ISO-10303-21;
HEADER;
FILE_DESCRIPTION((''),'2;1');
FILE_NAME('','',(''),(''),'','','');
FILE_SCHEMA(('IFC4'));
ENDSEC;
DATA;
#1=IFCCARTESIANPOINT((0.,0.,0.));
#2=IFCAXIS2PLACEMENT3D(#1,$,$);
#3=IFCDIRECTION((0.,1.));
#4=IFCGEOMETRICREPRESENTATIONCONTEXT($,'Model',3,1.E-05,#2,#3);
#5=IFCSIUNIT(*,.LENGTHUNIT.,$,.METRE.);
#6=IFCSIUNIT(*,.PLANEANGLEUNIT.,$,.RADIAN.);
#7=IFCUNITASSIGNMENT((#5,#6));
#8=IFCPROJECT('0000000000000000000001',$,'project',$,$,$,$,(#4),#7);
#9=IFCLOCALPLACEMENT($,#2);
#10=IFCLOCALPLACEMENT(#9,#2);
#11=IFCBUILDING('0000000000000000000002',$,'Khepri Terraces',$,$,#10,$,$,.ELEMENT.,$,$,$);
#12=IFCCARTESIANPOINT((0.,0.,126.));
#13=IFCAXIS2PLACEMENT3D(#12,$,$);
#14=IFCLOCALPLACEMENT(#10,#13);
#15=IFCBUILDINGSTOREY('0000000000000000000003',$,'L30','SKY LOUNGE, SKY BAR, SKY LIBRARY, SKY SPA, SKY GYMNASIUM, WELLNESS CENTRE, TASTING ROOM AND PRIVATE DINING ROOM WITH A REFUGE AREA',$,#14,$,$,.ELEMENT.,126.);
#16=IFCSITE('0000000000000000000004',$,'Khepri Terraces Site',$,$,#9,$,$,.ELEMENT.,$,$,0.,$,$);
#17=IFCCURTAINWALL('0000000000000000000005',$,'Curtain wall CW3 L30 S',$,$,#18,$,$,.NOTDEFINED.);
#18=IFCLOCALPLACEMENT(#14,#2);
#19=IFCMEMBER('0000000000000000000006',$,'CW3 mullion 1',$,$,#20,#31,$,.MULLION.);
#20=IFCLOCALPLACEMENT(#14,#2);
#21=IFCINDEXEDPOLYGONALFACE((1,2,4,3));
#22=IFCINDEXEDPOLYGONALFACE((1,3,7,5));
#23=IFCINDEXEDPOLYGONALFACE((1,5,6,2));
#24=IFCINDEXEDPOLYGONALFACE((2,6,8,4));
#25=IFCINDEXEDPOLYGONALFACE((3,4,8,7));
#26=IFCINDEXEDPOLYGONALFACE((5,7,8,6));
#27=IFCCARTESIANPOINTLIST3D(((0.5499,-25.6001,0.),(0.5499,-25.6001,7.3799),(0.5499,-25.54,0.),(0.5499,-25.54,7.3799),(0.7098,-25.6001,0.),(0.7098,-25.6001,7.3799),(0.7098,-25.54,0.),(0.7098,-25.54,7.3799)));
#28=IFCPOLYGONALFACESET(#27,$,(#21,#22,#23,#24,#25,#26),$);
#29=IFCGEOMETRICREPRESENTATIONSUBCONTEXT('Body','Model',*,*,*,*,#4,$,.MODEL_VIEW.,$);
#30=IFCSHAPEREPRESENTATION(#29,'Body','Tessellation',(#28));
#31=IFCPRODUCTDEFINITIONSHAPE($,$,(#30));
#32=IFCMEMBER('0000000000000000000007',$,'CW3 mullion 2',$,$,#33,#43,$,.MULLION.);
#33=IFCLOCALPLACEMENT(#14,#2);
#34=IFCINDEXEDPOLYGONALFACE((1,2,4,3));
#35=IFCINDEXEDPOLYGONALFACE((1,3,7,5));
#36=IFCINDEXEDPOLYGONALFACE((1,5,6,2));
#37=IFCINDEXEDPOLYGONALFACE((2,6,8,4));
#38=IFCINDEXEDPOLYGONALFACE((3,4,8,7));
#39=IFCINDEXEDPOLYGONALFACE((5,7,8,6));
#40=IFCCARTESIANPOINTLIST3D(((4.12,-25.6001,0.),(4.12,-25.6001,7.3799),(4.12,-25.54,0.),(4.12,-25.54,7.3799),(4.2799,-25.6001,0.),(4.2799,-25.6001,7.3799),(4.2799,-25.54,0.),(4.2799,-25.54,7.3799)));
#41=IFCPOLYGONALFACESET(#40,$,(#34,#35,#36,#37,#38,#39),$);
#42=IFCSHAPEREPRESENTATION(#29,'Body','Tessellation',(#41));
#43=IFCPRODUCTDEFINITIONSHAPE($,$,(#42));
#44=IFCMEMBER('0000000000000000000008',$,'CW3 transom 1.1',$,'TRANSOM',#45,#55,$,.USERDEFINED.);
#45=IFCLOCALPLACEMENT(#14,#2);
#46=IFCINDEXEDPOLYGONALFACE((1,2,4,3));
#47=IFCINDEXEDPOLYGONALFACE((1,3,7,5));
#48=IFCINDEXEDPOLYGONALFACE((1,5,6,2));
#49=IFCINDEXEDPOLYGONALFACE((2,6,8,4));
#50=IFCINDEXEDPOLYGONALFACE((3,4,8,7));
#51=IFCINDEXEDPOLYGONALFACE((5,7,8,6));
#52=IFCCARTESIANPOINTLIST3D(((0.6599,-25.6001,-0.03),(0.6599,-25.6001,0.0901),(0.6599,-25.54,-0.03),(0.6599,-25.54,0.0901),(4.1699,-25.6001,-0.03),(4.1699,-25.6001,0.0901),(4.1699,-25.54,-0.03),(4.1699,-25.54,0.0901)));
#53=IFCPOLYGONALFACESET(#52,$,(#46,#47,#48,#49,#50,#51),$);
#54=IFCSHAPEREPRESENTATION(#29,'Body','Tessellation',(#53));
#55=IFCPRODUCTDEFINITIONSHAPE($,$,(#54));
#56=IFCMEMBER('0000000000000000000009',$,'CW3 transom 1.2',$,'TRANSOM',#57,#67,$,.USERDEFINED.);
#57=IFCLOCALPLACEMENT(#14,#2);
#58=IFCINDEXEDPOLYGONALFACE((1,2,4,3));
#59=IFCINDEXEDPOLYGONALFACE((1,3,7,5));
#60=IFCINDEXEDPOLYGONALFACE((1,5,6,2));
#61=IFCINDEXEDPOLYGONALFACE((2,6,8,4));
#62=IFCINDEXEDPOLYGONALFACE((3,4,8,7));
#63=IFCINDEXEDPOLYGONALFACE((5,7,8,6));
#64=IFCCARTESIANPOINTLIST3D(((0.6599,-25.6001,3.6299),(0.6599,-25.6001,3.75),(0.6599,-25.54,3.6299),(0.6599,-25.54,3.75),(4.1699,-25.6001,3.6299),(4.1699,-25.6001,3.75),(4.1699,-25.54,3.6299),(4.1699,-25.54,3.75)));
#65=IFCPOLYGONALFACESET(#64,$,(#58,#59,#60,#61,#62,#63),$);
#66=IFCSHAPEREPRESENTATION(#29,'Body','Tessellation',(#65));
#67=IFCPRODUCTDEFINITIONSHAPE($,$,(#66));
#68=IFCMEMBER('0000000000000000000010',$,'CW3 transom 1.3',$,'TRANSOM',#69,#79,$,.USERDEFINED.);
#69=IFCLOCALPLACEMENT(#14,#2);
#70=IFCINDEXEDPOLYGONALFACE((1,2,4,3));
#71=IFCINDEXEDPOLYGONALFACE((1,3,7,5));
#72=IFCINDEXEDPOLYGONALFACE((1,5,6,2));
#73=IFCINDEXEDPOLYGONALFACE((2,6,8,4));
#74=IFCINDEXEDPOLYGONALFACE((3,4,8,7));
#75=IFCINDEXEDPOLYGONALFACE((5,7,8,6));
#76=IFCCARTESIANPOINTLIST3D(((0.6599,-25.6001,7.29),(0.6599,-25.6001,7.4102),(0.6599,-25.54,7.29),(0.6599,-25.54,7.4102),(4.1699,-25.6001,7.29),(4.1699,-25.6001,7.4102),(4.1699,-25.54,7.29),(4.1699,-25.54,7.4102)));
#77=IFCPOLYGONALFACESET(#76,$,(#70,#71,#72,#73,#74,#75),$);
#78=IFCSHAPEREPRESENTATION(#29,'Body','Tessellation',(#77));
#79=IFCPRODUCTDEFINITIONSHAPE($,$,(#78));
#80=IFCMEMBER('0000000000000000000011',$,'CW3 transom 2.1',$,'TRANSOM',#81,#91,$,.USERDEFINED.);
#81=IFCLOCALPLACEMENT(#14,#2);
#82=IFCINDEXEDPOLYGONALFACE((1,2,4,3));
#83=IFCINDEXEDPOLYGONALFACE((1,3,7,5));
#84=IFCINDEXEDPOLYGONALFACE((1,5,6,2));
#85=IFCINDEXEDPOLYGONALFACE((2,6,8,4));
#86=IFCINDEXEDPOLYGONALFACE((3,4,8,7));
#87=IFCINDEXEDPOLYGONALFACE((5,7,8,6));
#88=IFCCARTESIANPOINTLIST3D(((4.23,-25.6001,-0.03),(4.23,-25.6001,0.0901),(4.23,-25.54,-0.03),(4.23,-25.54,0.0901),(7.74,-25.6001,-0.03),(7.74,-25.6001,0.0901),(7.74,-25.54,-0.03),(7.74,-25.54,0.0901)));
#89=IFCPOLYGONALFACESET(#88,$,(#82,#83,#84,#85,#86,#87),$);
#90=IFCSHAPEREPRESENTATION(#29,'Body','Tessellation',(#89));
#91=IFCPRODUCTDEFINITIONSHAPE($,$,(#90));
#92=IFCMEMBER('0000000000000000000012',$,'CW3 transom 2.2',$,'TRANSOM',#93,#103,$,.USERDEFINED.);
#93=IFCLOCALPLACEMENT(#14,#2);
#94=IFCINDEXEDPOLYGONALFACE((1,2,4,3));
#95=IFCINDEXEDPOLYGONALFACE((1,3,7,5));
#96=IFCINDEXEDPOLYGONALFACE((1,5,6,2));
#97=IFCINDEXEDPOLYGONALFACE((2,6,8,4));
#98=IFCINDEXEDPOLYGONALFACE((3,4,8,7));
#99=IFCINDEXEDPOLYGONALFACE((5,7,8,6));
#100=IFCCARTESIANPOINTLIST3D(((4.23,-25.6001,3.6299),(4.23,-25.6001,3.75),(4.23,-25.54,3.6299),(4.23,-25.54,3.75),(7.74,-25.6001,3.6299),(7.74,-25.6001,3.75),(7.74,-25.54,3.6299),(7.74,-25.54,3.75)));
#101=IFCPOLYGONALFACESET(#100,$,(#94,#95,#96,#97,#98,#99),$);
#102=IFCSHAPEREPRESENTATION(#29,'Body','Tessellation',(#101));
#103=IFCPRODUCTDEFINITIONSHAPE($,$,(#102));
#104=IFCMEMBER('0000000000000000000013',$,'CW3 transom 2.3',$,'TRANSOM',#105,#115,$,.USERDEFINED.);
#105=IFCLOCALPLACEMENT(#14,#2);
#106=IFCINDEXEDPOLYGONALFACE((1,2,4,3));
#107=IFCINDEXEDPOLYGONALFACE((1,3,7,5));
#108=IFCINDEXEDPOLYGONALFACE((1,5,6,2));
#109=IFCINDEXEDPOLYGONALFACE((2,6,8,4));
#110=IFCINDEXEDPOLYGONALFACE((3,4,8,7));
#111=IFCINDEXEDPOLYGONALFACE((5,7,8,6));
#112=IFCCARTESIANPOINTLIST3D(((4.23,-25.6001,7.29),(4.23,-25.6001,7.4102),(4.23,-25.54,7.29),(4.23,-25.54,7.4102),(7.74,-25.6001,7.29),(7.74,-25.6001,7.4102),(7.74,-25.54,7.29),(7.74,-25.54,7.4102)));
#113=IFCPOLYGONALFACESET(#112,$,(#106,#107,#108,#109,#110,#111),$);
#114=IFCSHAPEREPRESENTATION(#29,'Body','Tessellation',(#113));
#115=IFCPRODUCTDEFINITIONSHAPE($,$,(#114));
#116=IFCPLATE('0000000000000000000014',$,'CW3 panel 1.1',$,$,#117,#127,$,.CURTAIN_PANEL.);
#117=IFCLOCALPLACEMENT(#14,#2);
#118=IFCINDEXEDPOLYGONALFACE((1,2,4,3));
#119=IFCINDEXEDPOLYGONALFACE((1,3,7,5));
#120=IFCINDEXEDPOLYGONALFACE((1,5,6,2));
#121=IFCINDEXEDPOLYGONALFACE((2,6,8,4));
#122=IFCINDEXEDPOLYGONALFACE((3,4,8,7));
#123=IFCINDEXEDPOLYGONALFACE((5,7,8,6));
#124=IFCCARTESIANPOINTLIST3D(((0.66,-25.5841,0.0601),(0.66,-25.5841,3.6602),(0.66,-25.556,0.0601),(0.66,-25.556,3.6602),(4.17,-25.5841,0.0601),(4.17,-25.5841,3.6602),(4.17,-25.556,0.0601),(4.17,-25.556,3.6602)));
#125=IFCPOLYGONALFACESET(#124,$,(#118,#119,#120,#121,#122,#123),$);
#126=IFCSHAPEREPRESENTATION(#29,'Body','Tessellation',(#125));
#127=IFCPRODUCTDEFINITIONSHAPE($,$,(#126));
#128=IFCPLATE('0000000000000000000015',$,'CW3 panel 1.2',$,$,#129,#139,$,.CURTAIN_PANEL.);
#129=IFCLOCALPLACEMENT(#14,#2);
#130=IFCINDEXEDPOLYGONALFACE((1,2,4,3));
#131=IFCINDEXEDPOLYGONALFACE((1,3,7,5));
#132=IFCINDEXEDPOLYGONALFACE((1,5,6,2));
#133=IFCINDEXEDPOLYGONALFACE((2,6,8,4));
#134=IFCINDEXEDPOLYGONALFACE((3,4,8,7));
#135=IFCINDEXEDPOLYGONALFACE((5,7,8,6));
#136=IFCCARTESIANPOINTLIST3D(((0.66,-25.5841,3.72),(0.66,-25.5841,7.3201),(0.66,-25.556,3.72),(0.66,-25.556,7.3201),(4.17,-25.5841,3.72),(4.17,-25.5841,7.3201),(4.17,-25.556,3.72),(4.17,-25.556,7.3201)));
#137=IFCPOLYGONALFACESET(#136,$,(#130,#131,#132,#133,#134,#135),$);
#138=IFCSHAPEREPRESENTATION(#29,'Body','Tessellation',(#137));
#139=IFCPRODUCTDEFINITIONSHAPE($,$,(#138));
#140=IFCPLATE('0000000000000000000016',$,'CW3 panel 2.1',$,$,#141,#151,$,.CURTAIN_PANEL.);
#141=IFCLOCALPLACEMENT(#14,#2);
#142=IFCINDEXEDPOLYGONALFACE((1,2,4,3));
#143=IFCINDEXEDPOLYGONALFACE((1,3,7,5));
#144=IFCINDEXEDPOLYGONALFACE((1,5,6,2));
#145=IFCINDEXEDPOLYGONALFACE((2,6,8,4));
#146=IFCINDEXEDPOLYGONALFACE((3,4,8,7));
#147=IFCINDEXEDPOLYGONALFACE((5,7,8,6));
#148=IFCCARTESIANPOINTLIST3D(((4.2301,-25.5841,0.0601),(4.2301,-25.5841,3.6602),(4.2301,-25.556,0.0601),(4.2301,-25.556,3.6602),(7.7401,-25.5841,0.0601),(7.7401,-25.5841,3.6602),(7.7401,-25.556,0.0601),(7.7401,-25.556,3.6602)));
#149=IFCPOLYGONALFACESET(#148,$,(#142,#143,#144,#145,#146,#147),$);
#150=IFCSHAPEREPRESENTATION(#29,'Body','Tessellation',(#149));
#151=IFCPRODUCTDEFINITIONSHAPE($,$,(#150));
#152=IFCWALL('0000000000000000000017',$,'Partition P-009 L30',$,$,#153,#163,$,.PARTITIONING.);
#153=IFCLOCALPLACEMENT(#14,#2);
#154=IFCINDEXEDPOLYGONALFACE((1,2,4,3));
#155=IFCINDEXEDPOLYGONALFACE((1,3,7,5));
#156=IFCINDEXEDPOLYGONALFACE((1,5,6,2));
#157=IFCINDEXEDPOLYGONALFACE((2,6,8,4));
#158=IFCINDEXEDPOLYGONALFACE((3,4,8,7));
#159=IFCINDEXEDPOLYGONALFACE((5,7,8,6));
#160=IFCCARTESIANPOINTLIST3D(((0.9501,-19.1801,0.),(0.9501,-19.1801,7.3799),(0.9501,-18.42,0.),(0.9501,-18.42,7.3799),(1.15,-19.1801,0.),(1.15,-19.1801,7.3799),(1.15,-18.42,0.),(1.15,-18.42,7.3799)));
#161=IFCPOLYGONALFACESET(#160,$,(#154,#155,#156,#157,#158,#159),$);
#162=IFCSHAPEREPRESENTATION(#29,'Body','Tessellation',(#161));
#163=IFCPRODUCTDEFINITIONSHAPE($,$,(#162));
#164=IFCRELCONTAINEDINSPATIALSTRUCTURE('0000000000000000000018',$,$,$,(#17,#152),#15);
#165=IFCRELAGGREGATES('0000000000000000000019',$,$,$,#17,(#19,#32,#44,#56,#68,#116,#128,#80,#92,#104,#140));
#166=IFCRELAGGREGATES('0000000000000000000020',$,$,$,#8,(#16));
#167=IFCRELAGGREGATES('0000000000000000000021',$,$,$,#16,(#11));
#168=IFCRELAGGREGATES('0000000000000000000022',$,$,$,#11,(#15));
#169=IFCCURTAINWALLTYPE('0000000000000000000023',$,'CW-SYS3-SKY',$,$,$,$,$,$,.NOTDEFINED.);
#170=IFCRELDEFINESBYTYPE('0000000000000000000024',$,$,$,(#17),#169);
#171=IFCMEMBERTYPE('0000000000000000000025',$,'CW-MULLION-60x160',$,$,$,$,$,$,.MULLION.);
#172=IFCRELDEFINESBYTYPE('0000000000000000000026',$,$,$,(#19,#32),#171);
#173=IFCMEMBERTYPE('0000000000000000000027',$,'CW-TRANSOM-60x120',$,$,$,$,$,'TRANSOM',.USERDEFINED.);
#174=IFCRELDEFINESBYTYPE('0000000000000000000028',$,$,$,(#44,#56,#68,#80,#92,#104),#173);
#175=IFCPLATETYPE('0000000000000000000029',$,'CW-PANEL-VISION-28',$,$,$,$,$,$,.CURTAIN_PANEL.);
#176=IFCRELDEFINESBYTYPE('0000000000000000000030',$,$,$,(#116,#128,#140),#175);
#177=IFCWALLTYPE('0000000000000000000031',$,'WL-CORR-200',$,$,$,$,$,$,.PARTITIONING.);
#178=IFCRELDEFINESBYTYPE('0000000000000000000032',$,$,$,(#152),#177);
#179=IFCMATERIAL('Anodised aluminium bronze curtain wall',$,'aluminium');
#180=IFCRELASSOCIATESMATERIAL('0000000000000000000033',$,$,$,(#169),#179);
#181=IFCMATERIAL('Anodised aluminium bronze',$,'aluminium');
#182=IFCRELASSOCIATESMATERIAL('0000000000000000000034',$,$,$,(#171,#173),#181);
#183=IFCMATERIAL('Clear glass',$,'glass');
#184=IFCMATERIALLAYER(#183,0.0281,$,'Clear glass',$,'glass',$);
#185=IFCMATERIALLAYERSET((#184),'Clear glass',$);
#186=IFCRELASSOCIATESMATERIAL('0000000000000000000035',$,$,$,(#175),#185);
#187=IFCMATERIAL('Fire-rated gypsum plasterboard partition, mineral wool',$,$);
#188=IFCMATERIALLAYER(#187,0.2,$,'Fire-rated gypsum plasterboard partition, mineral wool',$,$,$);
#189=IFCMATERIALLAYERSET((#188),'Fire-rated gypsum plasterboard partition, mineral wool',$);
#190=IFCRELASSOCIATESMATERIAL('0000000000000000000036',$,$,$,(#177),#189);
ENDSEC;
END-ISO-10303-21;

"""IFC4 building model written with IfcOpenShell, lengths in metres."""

from ifc_helpers import new_model, si_unit, direction, frame, frame_2d, origin, origin_2d, place, context, subcontext, project, spatial, rectangle, extrude, material, layer, layer_set, material_profile, profile_set, type_object, element, aggregate, save


model = new_model("IFC4")

# Units and contexts
model_context = context("Model", 3, precision=1e-05, world=origin(), true_north=direction((0.0, 1.0)))
body_context = subcontext(model_context, "Body", "Model", "MODEL_VIEW")
ifc_project = project(units=[si_unit("LENGTHUNIT", "METRE"), si_unit("PLANEANGLEUNIT", "RADIAN")], contexts=[model_context])

# Site, building, storey
site_placement = place(None, origin())
site = spatial("IfcSite", under=ifc_project, at=site_placement, Name="Khepri Terraces Site", CompositionType="ELEMENT", RefElevation=0.0)
building_placement = place(site_placement, origin())
building = spatial("IfcBuilding", under=site, at=building_placement, Name="Khepri Terraces", CompositionType="ELEMENT")
storey_placement = place(building_placement, frame((0.0, 0.0, 126.0)))
storey = spatial("IfcBuildingStorey", under=building, at=storey_placement, Name="L30", Description="SKY LOUNGE, SKY BAR, SKY LIBRARY, SKY SPA, SKY GYMNASIUM, WELLNESS CENTRE, TASTING ROOM AND PRIVATE DINING ROOM WITH A REFUGE AREA", CompositionType="ELEMENT", Elevation=126.0)

# Curtain wall, members, plates
ifc_material_1 = material(Name="Anodised aluminium bronze curtain wall", Category="aluminium")
curtain_wall_type = type_object("IfcCurtainWallType", Name="CW-SYS3-SKY", PredefinedType="NOTDEFINED", material=ifc_material_1)
curtain_wall_placement = place(storey_placement, origin())
curtain_wall = element("IfcCurtainWall", 1, at=curtain_wall_placement, inside=storey, type_object=curtain_wall_type, Name="Curtain wall CW3 L30 S", PredefinedType="NOTDEFINED")
ifc_material_2 = material(Name="Anodised aluminium bronze", Category="aluminium")
ifc_material_profile_1 = material_profile(ifc_material_2, rectangle(XDim=0.0601, YDim=0.1599, at=origin_2d()), Name="Anodised aluminium bronze", Category="aluminium")
ifc_profile_set_1 = profile_set([ifc_material_profile_1], Name="Anodised aluminium bronze")
member_type_1 = type_object("IfcMemberType", Name="CW-MULLION-60x160", PredefinedType="MULLION", material=ifc_profile_set_1)
member_1_placement = place(storey_placement, frame((0.6299, -25.5701, 0.0), z_axis=(0.0, 0.0, 1.0), x_axis=(0.0, 1.0, 0.0)))
member_1 = element("IfcMember", 2, at=member_1_placement, type_object=member_type_1, Name="CW3 mullion 1", PredefinedType="MULLION", context=body_context, shape_type="SweptSolid", body=[
    extrude(rectangle(XDim=0.0601, YDim=0.1599, at=origin_2d()), origin(), (0.0, 0.0, 1.0), 7.3799),
])
member_2_placement = place(storey_placement, frame((4.2, -25.5701, 0.0), z_axis=(0.0, 0.0, 1.0), x_axis=(0.0, 1.0, 0.0)))
member_2 = element("IfcMember", 3, at=member_2_placement, type_object=member_type_1, Name="CW3 mullion 2", PredefinedType="MULLION", context=body_context, shape_type="SweptSolid", body=[
    extrude(rectangle(XDim=0.0601, YDim=0.1599, at=origin_2d()), origin(), (0.0, 0.0, 1.0), 7.3799),
])
ifc_material_profile_2 = material_profile(ifc_material_2, rectangle(XDim=0.0601, YDim=0.1201, at=origin_2d()), Name="Anodised aluminium bronze", Category="aluminium")
ifc_profile_set_2 = profile_set([ifc_material_profile_2], Name="Anodised aluminium bronze")
member_type_2 = type_object("IfcMemberType", Name="CW-TRANSOM-60x120", ElementType="TRANSOM", PredefinedType="USERDEFINED", material=ifc_profile_set_2)
member_3_placement = place(storey_placement, frame((0.6599, -25.5701, 0.03), z_axis=(1.0, 0.0, 0.0), x_axis=(0.0, 1.0, 0.0)))
member_3 = element("IfcMember", 4, at=member_3_placement, type_object=member_type_2, Name="CW3 transom 1.1", ObjectType="TRANSOM", PredefinedType="USERDEFINED", context=body_context, shape_type="SweptSolid", body=[
    extrude(rectangle(XDim=0.0601, YDim=0.1201, at=origin_2d()), origin(), (0.0, 0.0, 1.0), 3.51),
])
member_4_placement = place(storey_placement, frame((0.6599, -25.5701, 3.6899), z_axis=(1.0, 0.0, 0.0), x_axis=(0.0, 1.0, 0.0)))
member_4 = element("IfcMember", 5, at=member_4_placement, type_object=member_type_2, Name="CW3 transom 1.2", ObjectType="TRANSOM", PredefinedType="USERDEFINED", context=body_context, shape_type="SweptSolid", body=[
    extrude(rectangle(XDim=0.0601, YDim=0.1201, at=origin_2d()), origin(), (0.0, 0.0, 1.0), 3.51),
])
member_5_placement = place(storey_placement, frame((0.6599, -25.5701, 7.3501), z_axis=(1.0, 0.0, 0.0), x_axis=(0.0, 1.0, 0.0)))
member_5 = element("IfcMember", 6, at=member_5_placement, type_object=member_type_2, Name="CW3 transom 1.3", ObjectType="TRANSOM", PredefinedType="USERDEFINED", context=body_context, shape_type="SweptSolid", body=[
    extrude(rectangle(XDim=0.0601, YDim=0.1201, at=origin_2d()), origin(), (0.0, 0.0, 1.0), 3.51),
])
member_6_placement = place(storey_placement, frame((4.23, -25.5701, 0.03), z_axis=(1.0, 0.0, 0.0), x_axis=(0.0, 1.0, 0.0)))
member_6 = element("IfcMember", 7, at=member_6_placement, type_object=member_type_2, Name="CW3 transom 2.1", ObjectType="TRANSOM", PredefinedType="USERDEFINED", context=body_context, shape_type="SweptSolid", body=[
    extrude(rectangle(XDim=0.0601, YDim=0.1201, at=origin_2d()), origin(), (0.0, 0.0, 1.0), 3.51),
])
member_7_placement = place(storey_placement, frame((4.23, -25.5701, 3.6899), z_axis=(1.0, 0.0, 0.0), x_axis=(0.0, 1.0, 0.0)))
member_7 = element("IfcMember", 8, at=member_7_placement, type_object=member_type_2, Name="CW3 transom 2.2", ObjectType="TRANSOM", PredefinedType="USERDEFINED", context=body_context, shape_type="SweptSolid", body=[
    extrude(rectangle(XDim=0.0601, YDim=0.1201, at=origin_2d()), origin(), (0.0, 0.0, 1.0), 3.51),
])
member_8_placement = place(storey_placement, frame((4.23, -25.5701, 7.3501), z_axis=(1.0, 0.0, 0.0), x_axis=(0.0, 1.0, 0.0)))
member_8 = element("IfcMember", 9, at=member_8_placement, type_object=member_type_2, Name="CW3 transom 2.3", ObjectType="TRANSOM", PredefinedType="USERDEFINED", context=body_context, shape_type="SweptSolid", body=[
    extrude(rectangle(XDim=0.0601, YDim=0.1201, at=origin_2d()), origin(), (0.0, 0.0, 1.0), 3.51),
])
ifc_material_3 = material(Name="Clear glass", Category="glass")
ifc_layer_1 = layer(ifc_material_3, 0.0281, Name="Clear glass", Category="glass")
ifc_layer_set_1 = layer_set([ifc_layer_1], Name="Clear glass")
plate_type = type_object("IfcPlateType", Name="CW-PANEL-VISION-28", PredefinedType="CURTAIN_PANEL", material=ifc_layer_set_1)
plate_1_placement = place(storey_placement, frame((2.415, -25.5701, 0.0601), z_axis=(0.0, 0.0, 1.0), x_axis=(1.0, 0.0, 0.0)))
plate_1 = element("IfcPlate", 10, at=plate_1_placement, type_object=plate_type, Name="CW3 panel 1.1", PredefinedType="CURTAIN_PANEL", context=body_context, shape_type="SweptSolid", body=[
    extrude(rectangle(XDim=3.51, YDim=0.0281, at=origin_2d()), origin(), (0.0, 0.0, 1.0), 3.6001),
])
plate_2_placement = place(storey_placement, frame((2.415, -25.5701, 3.72), z_axis=(0.0, 0.0, 1.0), x_axis=(1.0, 0.0, 0.0)))
plate_2 = element("IfcPlate", 11, at=plate_2_placement, type_object=plate_type, Name="CW3 panel 1.2", PredefinedType="CURTAIN_PANEL", context=body_context, shape_type="SweptSolid", body=[
    extrude(rectangle(XDim=3.51, YDim=0.0281, at=origin_2d()), origin(), (0.0, 0.0, 1.0), 3.6001),
])
plate_3_placement = place(storey_placement, frame((5.9851, -25.5701, 0.0601), z_axis=(0.0, 0.0, 1.0), x_axis=(1.0, 0.0, 0.0)))
plate_3 = element("IfcPlate", 12, at=plate_3_placement, type_object=plate_type, Name="CW3 panel 2.1", PredefinedType="CURTAIN_PANEL", context=body_context, shape_type="SweptSolid", body=[
    extrude(rectangle(XDim=3.51, YDim=0.0281, at=origin_2d()), origin(), (0.0, 0.0, 1.0), 3.6001),
])
aggregate(curtain_wall, [member_1, member_2, member_3, member_4, member_5, plate_1, plate_2, member_6, member_7, member_8, plate_3])

# Wall
ifc_material_4 = material(Name="Fire-rated gypsum plasterboard partition, mineral wool")
ifc_layer_2 = layer(ifc_material_4, 0.2, Name="Fire-rated gypsum plasterboard partition, mineral wool")
ifc_layer_set_2 = layer_set([ifc_layer_2], Name="Fire-rated gypsum plasterboard partition, mineral wool")
wall_type = type_object("IfcWallType", Name="WL-CORR-200", PredefinedType="PARTITIONING", material=ifc_layer_set_2)
wall_1_placement = place(storey_placement, frame((1.05, -19.1799, 0.0), z_axis=(0.0, 0.0, 1.0), x_axis=(0.0, 1.0, 0.0)))
element("IfcWall", 13, at=wall_1_placement, inside=storey, type_object=wall_type, Name="Partition P-009 L30", PredefinedType="PARTITIONING", context=body_context, shape_type="SweptSolid", body=[
    extrude(rectangle(XDim=0.76, YDim=0.2, at=frame_2d((0.3799, 0.0))), origin(), (0.0, 0.0, 1.0), 7.3799),
])

save(model, "model.ifc")
